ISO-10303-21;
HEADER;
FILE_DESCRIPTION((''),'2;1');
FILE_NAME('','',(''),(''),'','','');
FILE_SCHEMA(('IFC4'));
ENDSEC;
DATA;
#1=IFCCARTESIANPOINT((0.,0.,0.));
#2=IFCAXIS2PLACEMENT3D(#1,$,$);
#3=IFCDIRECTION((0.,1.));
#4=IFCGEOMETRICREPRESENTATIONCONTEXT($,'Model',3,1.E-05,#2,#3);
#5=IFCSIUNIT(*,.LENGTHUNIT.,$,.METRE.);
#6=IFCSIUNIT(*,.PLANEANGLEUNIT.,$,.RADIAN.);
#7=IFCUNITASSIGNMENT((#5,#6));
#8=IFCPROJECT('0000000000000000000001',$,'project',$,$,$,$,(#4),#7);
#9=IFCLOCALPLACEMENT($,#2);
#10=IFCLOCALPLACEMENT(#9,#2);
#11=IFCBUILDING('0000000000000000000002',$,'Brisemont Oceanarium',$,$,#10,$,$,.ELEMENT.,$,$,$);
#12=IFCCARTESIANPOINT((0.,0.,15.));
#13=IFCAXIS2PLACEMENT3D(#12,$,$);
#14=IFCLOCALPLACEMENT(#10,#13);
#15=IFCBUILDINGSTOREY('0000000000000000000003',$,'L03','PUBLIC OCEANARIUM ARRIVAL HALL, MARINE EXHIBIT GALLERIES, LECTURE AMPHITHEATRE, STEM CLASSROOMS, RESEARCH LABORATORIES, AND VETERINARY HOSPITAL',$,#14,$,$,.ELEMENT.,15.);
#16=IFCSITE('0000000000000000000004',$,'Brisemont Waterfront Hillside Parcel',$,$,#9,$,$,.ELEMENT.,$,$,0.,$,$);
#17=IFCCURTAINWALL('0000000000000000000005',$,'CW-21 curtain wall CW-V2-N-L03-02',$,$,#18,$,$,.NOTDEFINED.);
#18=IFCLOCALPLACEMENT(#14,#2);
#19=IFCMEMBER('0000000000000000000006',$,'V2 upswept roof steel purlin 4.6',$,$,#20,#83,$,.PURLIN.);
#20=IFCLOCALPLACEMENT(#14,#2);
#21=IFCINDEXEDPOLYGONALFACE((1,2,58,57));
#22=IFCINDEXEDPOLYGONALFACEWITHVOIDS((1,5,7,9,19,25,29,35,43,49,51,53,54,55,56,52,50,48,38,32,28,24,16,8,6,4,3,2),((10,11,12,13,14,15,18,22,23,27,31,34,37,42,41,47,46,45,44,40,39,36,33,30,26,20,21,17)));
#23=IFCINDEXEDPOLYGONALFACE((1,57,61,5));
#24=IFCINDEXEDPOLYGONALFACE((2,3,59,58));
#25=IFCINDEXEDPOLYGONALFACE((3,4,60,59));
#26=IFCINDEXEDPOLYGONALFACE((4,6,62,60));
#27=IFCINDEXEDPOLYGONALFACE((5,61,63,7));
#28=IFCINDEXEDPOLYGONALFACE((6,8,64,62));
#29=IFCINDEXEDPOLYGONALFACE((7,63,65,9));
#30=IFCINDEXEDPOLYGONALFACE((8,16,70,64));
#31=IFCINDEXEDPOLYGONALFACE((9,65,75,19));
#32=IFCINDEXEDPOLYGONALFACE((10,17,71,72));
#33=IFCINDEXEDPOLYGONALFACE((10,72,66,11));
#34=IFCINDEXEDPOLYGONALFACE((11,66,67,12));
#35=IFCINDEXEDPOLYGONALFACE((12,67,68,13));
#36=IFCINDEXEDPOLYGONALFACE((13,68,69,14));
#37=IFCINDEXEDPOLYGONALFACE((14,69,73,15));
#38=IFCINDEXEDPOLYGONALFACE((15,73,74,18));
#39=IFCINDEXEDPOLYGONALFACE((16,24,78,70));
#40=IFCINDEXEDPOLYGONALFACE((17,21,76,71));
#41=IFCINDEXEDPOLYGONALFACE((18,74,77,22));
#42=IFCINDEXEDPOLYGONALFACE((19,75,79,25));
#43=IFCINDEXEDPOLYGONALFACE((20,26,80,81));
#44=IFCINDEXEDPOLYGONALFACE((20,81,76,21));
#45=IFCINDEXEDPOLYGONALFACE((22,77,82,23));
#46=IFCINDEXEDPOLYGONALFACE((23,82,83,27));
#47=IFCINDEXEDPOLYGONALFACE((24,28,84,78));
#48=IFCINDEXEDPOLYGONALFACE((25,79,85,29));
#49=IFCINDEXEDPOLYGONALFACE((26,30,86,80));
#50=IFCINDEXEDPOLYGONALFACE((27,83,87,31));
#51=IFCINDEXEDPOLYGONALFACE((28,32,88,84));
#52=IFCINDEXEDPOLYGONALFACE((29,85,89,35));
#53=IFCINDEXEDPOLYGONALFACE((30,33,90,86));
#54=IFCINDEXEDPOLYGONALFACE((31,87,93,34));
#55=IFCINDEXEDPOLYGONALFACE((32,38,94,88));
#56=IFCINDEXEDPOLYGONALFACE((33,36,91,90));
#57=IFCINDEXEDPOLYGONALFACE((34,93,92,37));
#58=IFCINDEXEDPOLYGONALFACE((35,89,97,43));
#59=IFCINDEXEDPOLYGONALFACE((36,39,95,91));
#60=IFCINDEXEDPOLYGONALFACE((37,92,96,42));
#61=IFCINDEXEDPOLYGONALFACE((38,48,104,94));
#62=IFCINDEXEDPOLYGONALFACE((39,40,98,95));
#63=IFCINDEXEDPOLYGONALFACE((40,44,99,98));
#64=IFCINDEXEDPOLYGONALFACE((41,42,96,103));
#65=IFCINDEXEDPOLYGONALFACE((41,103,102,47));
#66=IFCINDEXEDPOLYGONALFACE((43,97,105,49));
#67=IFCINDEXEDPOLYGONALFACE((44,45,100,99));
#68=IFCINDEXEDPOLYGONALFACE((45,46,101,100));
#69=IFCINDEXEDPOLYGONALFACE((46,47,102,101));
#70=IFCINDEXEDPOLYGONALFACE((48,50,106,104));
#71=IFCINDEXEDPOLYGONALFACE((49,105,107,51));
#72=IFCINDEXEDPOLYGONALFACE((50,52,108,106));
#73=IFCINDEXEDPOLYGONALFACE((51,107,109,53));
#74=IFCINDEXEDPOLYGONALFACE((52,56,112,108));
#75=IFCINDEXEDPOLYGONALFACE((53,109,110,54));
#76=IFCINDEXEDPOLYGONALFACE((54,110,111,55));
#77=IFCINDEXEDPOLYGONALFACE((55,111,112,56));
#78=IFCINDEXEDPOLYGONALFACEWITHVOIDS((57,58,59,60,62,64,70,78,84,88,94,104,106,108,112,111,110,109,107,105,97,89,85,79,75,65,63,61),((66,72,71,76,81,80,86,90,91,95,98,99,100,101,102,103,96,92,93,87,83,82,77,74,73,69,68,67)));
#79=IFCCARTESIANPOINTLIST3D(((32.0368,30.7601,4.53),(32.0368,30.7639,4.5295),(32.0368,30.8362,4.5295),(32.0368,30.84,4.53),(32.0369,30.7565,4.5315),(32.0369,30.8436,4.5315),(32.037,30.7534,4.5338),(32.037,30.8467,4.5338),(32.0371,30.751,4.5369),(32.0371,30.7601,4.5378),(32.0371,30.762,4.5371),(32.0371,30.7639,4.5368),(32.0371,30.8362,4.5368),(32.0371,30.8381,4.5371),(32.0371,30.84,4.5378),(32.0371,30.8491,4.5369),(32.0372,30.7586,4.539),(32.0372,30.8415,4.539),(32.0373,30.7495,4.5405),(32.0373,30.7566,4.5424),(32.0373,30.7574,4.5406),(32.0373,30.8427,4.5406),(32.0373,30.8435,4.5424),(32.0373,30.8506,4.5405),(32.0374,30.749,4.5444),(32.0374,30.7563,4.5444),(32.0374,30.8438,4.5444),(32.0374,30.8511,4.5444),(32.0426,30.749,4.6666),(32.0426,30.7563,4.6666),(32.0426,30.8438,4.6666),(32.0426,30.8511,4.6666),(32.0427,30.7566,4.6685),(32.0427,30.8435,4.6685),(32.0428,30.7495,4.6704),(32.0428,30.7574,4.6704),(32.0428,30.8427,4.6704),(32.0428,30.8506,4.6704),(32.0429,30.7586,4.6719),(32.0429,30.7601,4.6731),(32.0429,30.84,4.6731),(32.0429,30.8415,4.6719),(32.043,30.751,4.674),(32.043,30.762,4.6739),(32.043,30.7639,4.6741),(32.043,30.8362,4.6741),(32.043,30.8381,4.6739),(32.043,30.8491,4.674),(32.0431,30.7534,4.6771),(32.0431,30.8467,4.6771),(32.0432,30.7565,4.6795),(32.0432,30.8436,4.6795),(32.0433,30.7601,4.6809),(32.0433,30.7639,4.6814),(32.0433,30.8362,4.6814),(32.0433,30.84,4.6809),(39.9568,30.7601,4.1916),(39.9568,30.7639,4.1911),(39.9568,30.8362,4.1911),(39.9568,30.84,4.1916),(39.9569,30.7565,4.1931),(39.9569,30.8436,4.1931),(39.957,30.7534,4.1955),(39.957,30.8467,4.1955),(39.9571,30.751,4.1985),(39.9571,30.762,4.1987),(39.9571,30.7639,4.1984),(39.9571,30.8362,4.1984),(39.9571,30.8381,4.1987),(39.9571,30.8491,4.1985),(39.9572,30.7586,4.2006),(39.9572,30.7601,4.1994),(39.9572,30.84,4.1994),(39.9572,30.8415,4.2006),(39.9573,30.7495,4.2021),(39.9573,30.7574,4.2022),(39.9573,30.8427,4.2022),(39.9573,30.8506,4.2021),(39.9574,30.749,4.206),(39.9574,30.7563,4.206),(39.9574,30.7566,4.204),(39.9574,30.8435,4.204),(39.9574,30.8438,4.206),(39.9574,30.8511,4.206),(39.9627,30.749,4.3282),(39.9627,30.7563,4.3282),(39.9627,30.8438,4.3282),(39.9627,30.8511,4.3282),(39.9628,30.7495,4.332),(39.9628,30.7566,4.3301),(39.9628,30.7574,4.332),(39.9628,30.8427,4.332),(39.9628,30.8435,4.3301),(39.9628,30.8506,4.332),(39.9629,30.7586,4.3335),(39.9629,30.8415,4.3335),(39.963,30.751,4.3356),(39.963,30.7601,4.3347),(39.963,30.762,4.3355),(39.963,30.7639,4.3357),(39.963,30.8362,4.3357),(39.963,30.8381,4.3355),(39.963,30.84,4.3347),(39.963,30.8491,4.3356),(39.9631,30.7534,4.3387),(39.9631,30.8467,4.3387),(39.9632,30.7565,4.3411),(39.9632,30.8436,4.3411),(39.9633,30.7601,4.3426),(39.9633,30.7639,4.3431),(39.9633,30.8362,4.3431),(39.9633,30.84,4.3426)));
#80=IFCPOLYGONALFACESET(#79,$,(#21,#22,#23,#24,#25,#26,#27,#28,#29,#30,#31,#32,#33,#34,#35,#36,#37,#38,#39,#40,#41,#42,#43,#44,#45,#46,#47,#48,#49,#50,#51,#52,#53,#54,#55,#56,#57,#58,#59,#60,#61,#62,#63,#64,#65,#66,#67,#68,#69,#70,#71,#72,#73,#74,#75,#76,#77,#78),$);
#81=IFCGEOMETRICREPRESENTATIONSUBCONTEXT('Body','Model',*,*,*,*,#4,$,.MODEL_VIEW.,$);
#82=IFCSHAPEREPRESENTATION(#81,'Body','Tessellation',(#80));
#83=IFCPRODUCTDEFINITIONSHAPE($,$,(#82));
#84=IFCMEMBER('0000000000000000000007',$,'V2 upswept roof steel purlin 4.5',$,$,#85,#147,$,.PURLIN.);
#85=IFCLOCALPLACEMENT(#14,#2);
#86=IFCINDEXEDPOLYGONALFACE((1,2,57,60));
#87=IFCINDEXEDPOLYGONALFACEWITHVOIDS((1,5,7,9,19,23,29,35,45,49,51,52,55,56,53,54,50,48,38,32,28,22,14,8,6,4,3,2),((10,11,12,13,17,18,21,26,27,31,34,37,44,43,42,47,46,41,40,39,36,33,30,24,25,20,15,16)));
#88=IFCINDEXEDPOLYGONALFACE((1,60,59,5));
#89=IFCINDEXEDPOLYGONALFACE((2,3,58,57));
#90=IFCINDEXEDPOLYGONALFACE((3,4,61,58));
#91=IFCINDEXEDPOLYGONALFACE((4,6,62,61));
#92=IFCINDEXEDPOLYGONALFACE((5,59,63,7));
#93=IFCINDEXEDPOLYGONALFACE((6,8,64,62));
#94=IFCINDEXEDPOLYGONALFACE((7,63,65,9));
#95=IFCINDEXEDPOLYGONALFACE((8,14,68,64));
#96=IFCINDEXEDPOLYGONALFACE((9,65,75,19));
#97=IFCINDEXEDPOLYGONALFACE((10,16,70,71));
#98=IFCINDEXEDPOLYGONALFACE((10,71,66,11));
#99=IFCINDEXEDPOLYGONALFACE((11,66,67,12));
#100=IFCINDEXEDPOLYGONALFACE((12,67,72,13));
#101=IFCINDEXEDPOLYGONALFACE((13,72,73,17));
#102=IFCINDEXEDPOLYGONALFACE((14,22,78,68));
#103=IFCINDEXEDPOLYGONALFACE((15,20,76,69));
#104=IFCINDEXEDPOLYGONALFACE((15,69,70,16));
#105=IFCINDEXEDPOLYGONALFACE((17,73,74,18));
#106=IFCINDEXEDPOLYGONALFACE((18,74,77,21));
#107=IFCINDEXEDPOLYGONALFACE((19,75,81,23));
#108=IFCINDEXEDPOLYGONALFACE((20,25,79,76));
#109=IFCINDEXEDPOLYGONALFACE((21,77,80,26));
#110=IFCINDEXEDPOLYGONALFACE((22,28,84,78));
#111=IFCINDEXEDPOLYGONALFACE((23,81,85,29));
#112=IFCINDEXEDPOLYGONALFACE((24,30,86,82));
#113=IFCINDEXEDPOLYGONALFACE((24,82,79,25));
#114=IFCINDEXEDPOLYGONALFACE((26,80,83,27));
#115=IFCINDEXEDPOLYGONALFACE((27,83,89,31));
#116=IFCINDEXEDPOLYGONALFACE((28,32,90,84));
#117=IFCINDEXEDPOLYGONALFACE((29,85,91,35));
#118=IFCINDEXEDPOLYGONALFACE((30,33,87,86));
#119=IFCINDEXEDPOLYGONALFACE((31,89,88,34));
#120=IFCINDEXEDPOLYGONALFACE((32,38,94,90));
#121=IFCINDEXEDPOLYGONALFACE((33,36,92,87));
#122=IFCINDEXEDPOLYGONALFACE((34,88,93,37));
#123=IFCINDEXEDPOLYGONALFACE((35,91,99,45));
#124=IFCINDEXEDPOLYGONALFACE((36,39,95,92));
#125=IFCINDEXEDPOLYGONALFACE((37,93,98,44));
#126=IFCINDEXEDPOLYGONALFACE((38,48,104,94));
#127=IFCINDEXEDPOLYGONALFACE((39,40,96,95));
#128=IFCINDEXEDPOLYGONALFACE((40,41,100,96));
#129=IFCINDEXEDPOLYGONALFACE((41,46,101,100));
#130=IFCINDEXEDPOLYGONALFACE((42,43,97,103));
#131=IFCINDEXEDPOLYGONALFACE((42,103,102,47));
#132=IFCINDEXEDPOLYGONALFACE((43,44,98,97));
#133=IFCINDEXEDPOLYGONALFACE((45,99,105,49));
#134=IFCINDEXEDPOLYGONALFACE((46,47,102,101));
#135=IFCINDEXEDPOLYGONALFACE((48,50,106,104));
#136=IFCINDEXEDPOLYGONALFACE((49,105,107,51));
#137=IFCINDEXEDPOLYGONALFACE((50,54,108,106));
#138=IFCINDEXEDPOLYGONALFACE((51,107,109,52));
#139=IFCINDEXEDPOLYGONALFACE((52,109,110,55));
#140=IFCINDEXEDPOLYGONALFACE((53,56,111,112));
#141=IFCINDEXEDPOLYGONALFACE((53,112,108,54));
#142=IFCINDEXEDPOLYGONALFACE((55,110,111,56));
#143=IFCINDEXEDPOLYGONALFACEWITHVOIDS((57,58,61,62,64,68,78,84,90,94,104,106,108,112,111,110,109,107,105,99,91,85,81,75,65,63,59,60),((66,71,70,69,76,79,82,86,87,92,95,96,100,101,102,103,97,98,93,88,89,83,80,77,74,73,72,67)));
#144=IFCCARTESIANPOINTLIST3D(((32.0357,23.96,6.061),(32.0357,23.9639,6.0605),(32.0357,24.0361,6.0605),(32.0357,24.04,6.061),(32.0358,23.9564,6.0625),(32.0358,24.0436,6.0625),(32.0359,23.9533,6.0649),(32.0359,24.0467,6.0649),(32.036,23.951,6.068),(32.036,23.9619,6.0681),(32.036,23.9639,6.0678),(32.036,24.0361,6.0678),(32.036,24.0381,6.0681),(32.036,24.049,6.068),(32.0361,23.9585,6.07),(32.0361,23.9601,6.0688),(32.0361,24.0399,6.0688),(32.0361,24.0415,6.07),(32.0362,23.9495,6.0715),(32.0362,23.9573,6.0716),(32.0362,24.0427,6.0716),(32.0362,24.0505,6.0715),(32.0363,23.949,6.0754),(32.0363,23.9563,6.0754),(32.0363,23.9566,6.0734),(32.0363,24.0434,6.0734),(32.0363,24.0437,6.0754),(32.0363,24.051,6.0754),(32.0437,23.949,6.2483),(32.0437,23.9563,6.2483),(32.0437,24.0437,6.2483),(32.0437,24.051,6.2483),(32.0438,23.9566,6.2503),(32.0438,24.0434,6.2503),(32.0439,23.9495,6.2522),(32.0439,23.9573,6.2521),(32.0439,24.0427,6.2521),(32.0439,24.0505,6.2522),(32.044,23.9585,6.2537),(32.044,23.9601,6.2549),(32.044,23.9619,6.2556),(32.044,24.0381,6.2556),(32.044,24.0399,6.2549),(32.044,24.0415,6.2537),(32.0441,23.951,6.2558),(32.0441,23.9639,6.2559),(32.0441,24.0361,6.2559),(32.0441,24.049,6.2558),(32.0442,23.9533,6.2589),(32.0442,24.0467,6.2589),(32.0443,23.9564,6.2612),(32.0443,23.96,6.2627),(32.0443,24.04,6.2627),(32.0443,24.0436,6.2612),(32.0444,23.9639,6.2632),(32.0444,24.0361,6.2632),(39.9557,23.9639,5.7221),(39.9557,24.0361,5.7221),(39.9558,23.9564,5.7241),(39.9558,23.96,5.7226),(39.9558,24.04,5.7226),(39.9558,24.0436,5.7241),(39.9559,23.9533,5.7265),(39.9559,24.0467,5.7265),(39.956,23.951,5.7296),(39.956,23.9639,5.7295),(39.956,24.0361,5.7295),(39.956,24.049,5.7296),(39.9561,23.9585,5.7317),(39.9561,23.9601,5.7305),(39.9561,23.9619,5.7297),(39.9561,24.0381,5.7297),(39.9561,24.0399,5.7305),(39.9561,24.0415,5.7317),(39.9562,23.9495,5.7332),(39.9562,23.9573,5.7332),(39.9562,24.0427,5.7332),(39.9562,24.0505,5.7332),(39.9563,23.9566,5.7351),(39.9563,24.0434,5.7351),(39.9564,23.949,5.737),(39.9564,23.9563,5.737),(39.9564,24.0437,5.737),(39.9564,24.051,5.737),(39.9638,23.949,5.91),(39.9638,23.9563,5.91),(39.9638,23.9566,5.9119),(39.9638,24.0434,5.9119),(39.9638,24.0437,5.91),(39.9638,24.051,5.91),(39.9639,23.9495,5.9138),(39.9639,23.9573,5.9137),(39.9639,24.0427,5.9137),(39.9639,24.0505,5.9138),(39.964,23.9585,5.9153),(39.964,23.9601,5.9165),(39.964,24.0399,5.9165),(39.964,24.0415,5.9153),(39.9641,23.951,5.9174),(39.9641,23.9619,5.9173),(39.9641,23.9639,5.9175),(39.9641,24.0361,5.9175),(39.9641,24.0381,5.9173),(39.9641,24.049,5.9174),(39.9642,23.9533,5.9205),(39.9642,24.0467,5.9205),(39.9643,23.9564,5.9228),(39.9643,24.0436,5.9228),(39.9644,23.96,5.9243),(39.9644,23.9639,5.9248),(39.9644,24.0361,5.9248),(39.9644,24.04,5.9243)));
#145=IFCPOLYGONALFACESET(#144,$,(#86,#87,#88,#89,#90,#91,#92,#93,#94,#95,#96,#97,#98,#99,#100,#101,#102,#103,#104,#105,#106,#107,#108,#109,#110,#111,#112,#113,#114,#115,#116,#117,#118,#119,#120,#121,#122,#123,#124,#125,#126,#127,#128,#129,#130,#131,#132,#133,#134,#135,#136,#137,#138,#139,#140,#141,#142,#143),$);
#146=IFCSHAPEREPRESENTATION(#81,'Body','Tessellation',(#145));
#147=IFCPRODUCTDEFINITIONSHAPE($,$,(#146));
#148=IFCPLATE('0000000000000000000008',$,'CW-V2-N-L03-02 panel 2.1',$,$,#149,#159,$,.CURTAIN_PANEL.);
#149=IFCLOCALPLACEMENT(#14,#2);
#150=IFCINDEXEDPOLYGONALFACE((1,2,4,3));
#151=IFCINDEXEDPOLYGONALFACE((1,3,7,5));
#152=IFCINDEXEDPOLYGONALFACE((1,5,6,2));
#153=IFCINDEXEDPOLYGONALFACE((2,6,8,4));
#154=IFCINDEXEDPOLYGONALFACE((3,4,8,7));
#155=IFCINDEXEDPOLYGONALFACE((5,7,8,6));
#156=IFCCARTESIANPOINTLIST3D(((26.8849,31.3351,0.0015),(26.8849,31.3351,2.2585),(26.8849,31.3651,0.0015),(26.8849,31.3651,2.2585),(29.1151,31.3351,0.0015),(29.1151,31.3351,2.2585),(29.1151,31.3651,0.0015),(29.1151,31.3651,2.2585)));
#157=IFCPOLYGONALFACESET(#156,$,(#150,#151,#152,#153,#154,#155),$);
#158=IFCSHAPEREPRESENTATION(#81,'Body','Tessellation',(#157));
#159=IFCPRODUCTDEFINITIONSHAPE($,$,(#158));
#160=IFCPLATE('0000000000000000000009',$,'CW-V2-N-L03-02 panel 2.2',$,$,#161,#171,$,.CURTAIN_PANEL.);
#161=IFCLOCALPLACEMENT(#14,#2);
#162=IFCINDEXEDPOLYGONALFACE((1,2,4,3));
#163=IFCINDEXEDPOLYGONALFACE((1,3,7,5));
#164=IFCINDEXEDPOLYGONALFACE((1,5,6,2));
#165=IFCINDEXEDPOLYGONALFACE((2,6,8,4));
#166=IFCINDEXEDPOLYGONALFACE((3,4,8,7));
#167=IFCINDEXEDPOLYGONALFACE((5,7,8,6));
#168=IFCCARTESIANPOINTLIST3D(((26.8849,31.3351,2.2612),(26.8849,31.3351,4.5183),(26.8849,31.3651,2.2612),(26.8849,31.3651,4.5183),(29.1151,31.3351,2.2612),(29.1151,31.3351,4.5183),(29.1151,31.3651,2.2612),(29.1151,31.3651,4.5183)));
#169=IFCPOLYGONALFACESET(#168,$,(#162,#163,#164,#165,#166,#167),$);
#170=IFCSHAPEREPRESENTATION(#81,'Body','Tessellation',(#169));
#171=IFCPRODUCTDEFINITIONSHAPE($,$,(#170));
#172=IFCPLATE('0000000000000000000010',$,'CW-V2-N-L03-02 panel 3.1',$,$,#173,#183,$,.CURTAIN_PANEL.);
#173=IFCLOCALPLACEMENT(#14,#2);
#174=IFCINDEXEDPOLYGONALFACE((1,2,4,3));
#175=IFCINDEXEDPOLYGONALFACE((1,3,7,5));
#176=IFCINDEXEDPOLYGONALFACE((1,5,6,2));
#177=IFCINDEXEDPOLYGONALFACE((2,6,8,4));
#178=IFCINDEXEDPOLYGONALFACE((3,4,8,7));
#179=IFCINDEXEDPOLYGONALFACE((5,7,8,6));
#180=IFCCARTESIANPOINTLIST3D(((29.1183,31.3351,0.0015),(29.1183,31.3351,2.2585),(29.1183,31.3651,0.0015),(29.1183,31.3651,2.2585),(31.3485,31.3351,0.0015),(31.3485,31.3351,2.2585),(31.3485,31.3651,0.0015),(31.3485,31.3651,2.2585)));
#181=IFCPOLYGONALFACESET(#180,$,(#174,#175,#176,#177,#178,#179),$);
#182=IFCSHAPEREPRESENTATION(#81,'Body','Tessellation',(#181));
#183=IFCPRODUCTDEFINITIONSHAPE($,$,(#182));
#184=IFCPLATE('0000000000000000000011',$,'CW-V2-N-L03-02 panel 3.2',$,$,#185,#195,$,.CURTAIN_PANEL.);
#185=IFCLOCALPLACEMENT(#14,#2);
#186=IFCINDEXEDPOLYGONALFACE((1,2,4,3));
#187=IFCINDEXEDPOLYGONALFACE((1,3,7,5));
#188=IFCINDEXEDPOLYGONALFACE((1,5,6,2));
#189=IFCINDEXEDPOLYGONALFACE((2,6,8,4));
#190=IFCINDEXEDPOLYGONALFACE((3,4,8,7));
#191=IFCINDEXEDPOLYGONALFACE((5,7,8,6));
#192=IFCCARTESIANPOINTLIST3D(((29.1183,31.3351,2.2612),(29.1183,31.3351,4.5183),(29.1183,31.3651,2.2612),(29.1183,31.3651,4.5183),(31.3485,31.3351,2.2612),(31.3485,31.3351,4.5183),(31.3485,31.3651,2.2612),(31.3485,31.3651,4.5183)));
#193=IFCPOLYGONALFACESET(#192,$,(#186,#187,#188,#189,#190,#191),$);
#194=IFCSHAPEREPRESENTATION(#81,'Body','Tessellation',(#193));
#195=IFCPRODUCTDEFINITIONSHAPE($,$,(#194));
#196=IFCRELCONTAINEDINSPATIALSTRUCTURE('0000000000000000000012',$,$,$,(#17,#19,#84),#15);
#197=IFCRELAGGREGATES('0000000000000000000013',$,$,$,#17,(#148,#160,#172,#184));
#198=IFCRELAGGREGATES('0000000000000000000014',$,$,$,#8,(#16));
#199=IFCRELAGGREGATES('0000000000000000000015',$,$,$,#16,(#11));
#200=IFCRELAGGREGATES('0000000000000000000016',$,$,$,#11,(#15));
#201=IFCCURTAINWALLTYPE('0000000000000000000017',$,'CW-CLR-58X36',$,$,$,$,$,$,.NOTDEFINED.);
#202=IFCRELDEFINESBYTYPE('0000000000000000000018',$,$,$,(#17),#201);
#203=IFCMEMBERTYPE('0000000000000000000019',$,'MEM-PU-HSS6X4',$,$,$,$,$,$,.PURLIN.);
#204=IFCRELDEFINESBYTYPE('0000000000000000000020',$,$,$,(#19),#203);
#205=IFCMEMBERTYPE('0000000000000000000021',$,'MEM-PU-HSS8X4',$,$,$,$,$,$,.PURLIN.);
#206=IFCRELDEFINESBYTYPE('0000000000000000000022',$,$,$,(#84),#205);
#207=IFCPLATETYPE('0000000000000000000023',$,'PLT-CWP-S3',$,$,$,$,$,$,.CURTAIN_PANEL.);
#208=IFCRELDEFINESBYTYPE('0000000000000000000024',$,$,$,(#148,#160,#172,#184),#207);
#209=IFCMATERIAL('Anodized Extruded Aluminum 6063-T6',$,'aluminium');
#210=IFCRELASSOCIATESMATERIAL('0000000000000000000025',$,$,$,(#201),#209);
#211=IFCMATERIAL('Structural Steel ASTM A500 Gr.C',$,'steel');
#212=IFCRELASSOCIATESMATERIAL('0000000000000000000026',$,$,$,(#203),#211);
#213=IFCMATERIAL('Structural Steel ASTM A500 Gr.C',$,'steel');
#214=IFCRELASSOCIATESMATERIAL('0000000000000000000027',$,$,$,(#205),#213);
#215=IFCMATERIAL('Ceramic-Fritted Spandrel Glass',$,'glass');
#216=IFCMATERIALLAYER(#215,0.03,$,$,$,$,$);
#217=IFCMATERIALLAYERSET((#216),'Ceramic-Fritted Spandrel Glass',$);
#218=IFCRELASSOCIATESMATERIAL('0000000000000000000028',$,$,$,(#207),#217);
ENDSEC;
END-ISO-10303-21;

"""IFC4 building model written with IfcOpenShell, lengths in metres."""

from ifc_helpers import new_model, si_unit, direction, frame, origin, origin_2d, place, context, subcontext, project, spatial, rectangle, hollow_rectangle, extrude, material, layer, layer_set, material_profile, profile_set, type_object, element, aggregate, save


model = new_model("IFC4")

# Units and contexts
model_context = context("Model", 3, precision=1e-05, world=origin(), true_north=direction((0.0, 1.0)))
body_context = subcontext(model_context, "Body", "Model", "MODEL_VIEW")
ifc_project = project(units=[si_unit("LENGTHUNIT", "METRE"), si_unit("PLANEANGLEUNIT", "RADIAN")], contexts=[model_context])

# Site, building, storey
site_placement = place(None, origin())
site = spatial("IfcSite", under=ifc_project, at=site_placement, Name="Brisemont Waterfront Hillside Parcel", CompositionType="ELEMENT", RefElevation=0.0)
building_placement = place(site_placement, origin())
building = spatial("IfcBuilding", under=site, at=building_placement, Name="Brisemont Oceanarium", CompositionType="ELEMENT")
storey_placement = place(building_placement, frame((0.0, 0.0, 15.0)))
storey = spatial("IfcBuildingStorey", under=building, at=storey_placement, Name="L03", Description="PUBLIC OCEANARIUM ARRIVAL HALL, MARINE EXHIBIT GALLERIES, LECTURE AMPHITHEATRE, STEM CLASSROOMS, RESEARCH LABORATORIES, AND VETERINARY HOSPITAL", CompositionType="ELEMENT", Elevation=15.0)

# Curtain wall
ifc_material_1 = material(Name="Anodized Extruded Aluminum 6063-T6", Category="aluminium")
curtain_wall_type = type_object("IfcCurtainWallType", Name="CW-CLR-58X36", PredefinedType="NOTDEFINED", material=ifc_material_1)
curtain_wall_1_placement = place(storey_placement, origin())
curtain_wall_1 = element("IfcCurtainWall", 1, at=curtain_wall_1_placement, inside=storey, type_object=curtain_wall_type, Name="CW-21 curtain wall CW-V2-N-L03-02", PredefinedType="NOTDEFINED")

# Members
ifc_material_2 = material(Name="Structural Steel ASTM A500 Gr.C", Category="steel")
ifc_material_profile_1 = material_profile(ifc_material_2, hollow_rectangle(XDim=0.1021, YDim=0.1521, WallThickness=0.0073, InnerFilletRadius=0.0076, OuterFilletRadius=0.0149, at=origin_2d()), Name="HSS6X4X5/16")
ifc_profile_set_1 = profile_set([ifc_material_profile_1], Name="Structural Steel ASTM A500 Gr.C")
member_type_1 = type_object("IfcMemberType", Name="MEM-PU-HSS6X4", PredefinedType="PURLIN", material=ifc_profile_set_1)
member_1_placement = place(storey_placement, frame((32.04, 30.8, 4.6055), z_axis=(0.999089, 0.0, -0.042686), x_axis=(0.0, 1.0, 0.0)))
element("IfcMember", 2, at=member_1_placement, inside=storey, type_object=member_type_1, Name="V2 upswept roof steel purlin 4.6", PredefinedType="PURLIN", context=body_context, shape_type="SweptSolid", body=[
    extrude(hollow_rectangle(XDim=0.1021, YDim=0.1521, WallThickness=0.0073, InnerFilletRadius=0.0076, OuterFilletRadius=0.0149, at=origin_2d()), origin(), (0.0, 0.0, 1.0), 7.9272),
])
ifc_material_3 = material(Name="Structural Steel ASTM A500 Gr.C", Category="steel")
ifc_material_profile_2 = material_profile(ifc_material_3, hollow_rectangle(XDim=0.1021, YDim=0.2029, WallThickness=0.0073, InnerFilletRadius=0.0076, OuterFilletRadius=0.0149, at=origin_2d()), Name="HSS8X4X5/16")
ifc_profile_set_2 = profile_set([ifc_material_profile_2], Name="Structural Steel ASTM A500 Gr.C")
member_type_2 = type_object("IfcMemberType", Name="MEM-PU-HSS8X4", PredefinedType="PURLIN", material=ifc_profile_set_2)
member_2_placement = place(storey_placement, frame((32.04, 24.0, 6.1619), z_axis=(0.999089, 0.0, -0.042686), x_axis=(0.0, 1.0, 0.0)))
element("IfcMember", 3, at=member_2_placement, inside=storey, type_object=member_type_2, Name="V2 upswept roof steel purlin 4.5", PredefinedType="PURLIN", context=body_context, shape_type="SweptSolid", body=[
    extrude(hollow_rectangle(XDim=0.1021, YDim=0.2029, WallThickness=0.0073, InnerFilletRadius=0.0076, OuterFilletRadius=0.0149, at=origin_2d()), origin(), (0.0, 0.0, 1.0), 7.9272),
])

# Plates
ifc_material_4 = material(Name="Ceramic-Fritted Spandrel Glass", Category="glass")
ifc_layer_1 = layer(ifc_material_4, 0.03)
ifc_layer_set_1 = layer_set([ifc_layer_1], Name="Ceramic-Fritted Spandrel Glass")
plate_type = type_object("IfcPlateType", Name="PLT-CWP-S3", PredefinedType="CURTAIN_PANEL", material=ifc_layer_set_1)
plate_1_placement = place(storey_placement, frame((28.0, 31.3501, 0.0015), z_axis=(0.0, 0.0, 1.0), x_axis=(1.0, 0.0, 0.0)))
plate_1 = element("IfcPlate", 4, at=plate_1_placement, type_object=plate_type, Name="CW-V2-N-L03-02 panel 2.1", PredefinedType="CURTAIN_PANEL", context=body_context, shape_type="SweptSolid", body=[
    extrude(rectangle(XDim=2.2302, YDim=0.03, at=origin_2d()), origin(), (0.0, 0.0, 1.0), 2.2571),
])
plate_2_placement = place(storey_placement, frame((28.0, 31.3501, 2.2612), z_axis=(0.0, 0.0, 1.0), x_axis=(1.0, 0.0, 0.0)))
plate_2 = element("IfcPlate", 5, at=plate_2_placement, type_object=plate_type, Name="CW-V2-N-L03-02 panel 2.2", PredefinedType="CURTAIN_PANEL", context=body_context, shape_type="SweptSolid", body=[
    extrude(rectangle(XDim=2.2302, YDim=0.03, at=origin_2d()), origin(), (0.0, 0.0, 1.0), 2.2571),
])
plate_3_placement = place(storey_placement, frame((30.2334, 31.3501, 0.0015), z_axis=(0.0, 0.0, 1.0), x_axis=(1.0, 0.0, 0.0)))
plate_3 = element("IfcPlate", 6, at=plate_3_placement, type_object=plate_type, Name="CW-V2-N-L03-02 panel 3.1", PredefinedType="CURTAIN_PANEL", context=body_context, shape_type="SweptSolid", body=[
    extrude(rectangle(XDim=2.2302, YDim=0.03, at=origin_2d()), origin(), (0.0, 0.0, 1.0), 2.2571),
])
plate_4_placement = place(storey_placement, frame((30.2334, 31.3501, 2.2612), z_axis=(0.0, 0.0, 1.0), x_axis=(1.0, 0.0, 0.0)))
plate_4 = element("IfcPlate", 7, at=plate_4_placement, type_object=plate_type, Name="CW-V2-N-L03-02 panel 3.2", PredefinedType="CURTAIN_PANEL", context=body_context, shape_type="SweptSolid", body=[
    extrude(rectangle(XDim=2.2302, YDim=0.03, at=origin_2d()), origin(), (0.0, 0.0, 1.0), 2.2571),
])
aggregate(curtain_wall_1, [plate_1, plate_2, plate_3, plate_4])

save(model, "model.ifc")
